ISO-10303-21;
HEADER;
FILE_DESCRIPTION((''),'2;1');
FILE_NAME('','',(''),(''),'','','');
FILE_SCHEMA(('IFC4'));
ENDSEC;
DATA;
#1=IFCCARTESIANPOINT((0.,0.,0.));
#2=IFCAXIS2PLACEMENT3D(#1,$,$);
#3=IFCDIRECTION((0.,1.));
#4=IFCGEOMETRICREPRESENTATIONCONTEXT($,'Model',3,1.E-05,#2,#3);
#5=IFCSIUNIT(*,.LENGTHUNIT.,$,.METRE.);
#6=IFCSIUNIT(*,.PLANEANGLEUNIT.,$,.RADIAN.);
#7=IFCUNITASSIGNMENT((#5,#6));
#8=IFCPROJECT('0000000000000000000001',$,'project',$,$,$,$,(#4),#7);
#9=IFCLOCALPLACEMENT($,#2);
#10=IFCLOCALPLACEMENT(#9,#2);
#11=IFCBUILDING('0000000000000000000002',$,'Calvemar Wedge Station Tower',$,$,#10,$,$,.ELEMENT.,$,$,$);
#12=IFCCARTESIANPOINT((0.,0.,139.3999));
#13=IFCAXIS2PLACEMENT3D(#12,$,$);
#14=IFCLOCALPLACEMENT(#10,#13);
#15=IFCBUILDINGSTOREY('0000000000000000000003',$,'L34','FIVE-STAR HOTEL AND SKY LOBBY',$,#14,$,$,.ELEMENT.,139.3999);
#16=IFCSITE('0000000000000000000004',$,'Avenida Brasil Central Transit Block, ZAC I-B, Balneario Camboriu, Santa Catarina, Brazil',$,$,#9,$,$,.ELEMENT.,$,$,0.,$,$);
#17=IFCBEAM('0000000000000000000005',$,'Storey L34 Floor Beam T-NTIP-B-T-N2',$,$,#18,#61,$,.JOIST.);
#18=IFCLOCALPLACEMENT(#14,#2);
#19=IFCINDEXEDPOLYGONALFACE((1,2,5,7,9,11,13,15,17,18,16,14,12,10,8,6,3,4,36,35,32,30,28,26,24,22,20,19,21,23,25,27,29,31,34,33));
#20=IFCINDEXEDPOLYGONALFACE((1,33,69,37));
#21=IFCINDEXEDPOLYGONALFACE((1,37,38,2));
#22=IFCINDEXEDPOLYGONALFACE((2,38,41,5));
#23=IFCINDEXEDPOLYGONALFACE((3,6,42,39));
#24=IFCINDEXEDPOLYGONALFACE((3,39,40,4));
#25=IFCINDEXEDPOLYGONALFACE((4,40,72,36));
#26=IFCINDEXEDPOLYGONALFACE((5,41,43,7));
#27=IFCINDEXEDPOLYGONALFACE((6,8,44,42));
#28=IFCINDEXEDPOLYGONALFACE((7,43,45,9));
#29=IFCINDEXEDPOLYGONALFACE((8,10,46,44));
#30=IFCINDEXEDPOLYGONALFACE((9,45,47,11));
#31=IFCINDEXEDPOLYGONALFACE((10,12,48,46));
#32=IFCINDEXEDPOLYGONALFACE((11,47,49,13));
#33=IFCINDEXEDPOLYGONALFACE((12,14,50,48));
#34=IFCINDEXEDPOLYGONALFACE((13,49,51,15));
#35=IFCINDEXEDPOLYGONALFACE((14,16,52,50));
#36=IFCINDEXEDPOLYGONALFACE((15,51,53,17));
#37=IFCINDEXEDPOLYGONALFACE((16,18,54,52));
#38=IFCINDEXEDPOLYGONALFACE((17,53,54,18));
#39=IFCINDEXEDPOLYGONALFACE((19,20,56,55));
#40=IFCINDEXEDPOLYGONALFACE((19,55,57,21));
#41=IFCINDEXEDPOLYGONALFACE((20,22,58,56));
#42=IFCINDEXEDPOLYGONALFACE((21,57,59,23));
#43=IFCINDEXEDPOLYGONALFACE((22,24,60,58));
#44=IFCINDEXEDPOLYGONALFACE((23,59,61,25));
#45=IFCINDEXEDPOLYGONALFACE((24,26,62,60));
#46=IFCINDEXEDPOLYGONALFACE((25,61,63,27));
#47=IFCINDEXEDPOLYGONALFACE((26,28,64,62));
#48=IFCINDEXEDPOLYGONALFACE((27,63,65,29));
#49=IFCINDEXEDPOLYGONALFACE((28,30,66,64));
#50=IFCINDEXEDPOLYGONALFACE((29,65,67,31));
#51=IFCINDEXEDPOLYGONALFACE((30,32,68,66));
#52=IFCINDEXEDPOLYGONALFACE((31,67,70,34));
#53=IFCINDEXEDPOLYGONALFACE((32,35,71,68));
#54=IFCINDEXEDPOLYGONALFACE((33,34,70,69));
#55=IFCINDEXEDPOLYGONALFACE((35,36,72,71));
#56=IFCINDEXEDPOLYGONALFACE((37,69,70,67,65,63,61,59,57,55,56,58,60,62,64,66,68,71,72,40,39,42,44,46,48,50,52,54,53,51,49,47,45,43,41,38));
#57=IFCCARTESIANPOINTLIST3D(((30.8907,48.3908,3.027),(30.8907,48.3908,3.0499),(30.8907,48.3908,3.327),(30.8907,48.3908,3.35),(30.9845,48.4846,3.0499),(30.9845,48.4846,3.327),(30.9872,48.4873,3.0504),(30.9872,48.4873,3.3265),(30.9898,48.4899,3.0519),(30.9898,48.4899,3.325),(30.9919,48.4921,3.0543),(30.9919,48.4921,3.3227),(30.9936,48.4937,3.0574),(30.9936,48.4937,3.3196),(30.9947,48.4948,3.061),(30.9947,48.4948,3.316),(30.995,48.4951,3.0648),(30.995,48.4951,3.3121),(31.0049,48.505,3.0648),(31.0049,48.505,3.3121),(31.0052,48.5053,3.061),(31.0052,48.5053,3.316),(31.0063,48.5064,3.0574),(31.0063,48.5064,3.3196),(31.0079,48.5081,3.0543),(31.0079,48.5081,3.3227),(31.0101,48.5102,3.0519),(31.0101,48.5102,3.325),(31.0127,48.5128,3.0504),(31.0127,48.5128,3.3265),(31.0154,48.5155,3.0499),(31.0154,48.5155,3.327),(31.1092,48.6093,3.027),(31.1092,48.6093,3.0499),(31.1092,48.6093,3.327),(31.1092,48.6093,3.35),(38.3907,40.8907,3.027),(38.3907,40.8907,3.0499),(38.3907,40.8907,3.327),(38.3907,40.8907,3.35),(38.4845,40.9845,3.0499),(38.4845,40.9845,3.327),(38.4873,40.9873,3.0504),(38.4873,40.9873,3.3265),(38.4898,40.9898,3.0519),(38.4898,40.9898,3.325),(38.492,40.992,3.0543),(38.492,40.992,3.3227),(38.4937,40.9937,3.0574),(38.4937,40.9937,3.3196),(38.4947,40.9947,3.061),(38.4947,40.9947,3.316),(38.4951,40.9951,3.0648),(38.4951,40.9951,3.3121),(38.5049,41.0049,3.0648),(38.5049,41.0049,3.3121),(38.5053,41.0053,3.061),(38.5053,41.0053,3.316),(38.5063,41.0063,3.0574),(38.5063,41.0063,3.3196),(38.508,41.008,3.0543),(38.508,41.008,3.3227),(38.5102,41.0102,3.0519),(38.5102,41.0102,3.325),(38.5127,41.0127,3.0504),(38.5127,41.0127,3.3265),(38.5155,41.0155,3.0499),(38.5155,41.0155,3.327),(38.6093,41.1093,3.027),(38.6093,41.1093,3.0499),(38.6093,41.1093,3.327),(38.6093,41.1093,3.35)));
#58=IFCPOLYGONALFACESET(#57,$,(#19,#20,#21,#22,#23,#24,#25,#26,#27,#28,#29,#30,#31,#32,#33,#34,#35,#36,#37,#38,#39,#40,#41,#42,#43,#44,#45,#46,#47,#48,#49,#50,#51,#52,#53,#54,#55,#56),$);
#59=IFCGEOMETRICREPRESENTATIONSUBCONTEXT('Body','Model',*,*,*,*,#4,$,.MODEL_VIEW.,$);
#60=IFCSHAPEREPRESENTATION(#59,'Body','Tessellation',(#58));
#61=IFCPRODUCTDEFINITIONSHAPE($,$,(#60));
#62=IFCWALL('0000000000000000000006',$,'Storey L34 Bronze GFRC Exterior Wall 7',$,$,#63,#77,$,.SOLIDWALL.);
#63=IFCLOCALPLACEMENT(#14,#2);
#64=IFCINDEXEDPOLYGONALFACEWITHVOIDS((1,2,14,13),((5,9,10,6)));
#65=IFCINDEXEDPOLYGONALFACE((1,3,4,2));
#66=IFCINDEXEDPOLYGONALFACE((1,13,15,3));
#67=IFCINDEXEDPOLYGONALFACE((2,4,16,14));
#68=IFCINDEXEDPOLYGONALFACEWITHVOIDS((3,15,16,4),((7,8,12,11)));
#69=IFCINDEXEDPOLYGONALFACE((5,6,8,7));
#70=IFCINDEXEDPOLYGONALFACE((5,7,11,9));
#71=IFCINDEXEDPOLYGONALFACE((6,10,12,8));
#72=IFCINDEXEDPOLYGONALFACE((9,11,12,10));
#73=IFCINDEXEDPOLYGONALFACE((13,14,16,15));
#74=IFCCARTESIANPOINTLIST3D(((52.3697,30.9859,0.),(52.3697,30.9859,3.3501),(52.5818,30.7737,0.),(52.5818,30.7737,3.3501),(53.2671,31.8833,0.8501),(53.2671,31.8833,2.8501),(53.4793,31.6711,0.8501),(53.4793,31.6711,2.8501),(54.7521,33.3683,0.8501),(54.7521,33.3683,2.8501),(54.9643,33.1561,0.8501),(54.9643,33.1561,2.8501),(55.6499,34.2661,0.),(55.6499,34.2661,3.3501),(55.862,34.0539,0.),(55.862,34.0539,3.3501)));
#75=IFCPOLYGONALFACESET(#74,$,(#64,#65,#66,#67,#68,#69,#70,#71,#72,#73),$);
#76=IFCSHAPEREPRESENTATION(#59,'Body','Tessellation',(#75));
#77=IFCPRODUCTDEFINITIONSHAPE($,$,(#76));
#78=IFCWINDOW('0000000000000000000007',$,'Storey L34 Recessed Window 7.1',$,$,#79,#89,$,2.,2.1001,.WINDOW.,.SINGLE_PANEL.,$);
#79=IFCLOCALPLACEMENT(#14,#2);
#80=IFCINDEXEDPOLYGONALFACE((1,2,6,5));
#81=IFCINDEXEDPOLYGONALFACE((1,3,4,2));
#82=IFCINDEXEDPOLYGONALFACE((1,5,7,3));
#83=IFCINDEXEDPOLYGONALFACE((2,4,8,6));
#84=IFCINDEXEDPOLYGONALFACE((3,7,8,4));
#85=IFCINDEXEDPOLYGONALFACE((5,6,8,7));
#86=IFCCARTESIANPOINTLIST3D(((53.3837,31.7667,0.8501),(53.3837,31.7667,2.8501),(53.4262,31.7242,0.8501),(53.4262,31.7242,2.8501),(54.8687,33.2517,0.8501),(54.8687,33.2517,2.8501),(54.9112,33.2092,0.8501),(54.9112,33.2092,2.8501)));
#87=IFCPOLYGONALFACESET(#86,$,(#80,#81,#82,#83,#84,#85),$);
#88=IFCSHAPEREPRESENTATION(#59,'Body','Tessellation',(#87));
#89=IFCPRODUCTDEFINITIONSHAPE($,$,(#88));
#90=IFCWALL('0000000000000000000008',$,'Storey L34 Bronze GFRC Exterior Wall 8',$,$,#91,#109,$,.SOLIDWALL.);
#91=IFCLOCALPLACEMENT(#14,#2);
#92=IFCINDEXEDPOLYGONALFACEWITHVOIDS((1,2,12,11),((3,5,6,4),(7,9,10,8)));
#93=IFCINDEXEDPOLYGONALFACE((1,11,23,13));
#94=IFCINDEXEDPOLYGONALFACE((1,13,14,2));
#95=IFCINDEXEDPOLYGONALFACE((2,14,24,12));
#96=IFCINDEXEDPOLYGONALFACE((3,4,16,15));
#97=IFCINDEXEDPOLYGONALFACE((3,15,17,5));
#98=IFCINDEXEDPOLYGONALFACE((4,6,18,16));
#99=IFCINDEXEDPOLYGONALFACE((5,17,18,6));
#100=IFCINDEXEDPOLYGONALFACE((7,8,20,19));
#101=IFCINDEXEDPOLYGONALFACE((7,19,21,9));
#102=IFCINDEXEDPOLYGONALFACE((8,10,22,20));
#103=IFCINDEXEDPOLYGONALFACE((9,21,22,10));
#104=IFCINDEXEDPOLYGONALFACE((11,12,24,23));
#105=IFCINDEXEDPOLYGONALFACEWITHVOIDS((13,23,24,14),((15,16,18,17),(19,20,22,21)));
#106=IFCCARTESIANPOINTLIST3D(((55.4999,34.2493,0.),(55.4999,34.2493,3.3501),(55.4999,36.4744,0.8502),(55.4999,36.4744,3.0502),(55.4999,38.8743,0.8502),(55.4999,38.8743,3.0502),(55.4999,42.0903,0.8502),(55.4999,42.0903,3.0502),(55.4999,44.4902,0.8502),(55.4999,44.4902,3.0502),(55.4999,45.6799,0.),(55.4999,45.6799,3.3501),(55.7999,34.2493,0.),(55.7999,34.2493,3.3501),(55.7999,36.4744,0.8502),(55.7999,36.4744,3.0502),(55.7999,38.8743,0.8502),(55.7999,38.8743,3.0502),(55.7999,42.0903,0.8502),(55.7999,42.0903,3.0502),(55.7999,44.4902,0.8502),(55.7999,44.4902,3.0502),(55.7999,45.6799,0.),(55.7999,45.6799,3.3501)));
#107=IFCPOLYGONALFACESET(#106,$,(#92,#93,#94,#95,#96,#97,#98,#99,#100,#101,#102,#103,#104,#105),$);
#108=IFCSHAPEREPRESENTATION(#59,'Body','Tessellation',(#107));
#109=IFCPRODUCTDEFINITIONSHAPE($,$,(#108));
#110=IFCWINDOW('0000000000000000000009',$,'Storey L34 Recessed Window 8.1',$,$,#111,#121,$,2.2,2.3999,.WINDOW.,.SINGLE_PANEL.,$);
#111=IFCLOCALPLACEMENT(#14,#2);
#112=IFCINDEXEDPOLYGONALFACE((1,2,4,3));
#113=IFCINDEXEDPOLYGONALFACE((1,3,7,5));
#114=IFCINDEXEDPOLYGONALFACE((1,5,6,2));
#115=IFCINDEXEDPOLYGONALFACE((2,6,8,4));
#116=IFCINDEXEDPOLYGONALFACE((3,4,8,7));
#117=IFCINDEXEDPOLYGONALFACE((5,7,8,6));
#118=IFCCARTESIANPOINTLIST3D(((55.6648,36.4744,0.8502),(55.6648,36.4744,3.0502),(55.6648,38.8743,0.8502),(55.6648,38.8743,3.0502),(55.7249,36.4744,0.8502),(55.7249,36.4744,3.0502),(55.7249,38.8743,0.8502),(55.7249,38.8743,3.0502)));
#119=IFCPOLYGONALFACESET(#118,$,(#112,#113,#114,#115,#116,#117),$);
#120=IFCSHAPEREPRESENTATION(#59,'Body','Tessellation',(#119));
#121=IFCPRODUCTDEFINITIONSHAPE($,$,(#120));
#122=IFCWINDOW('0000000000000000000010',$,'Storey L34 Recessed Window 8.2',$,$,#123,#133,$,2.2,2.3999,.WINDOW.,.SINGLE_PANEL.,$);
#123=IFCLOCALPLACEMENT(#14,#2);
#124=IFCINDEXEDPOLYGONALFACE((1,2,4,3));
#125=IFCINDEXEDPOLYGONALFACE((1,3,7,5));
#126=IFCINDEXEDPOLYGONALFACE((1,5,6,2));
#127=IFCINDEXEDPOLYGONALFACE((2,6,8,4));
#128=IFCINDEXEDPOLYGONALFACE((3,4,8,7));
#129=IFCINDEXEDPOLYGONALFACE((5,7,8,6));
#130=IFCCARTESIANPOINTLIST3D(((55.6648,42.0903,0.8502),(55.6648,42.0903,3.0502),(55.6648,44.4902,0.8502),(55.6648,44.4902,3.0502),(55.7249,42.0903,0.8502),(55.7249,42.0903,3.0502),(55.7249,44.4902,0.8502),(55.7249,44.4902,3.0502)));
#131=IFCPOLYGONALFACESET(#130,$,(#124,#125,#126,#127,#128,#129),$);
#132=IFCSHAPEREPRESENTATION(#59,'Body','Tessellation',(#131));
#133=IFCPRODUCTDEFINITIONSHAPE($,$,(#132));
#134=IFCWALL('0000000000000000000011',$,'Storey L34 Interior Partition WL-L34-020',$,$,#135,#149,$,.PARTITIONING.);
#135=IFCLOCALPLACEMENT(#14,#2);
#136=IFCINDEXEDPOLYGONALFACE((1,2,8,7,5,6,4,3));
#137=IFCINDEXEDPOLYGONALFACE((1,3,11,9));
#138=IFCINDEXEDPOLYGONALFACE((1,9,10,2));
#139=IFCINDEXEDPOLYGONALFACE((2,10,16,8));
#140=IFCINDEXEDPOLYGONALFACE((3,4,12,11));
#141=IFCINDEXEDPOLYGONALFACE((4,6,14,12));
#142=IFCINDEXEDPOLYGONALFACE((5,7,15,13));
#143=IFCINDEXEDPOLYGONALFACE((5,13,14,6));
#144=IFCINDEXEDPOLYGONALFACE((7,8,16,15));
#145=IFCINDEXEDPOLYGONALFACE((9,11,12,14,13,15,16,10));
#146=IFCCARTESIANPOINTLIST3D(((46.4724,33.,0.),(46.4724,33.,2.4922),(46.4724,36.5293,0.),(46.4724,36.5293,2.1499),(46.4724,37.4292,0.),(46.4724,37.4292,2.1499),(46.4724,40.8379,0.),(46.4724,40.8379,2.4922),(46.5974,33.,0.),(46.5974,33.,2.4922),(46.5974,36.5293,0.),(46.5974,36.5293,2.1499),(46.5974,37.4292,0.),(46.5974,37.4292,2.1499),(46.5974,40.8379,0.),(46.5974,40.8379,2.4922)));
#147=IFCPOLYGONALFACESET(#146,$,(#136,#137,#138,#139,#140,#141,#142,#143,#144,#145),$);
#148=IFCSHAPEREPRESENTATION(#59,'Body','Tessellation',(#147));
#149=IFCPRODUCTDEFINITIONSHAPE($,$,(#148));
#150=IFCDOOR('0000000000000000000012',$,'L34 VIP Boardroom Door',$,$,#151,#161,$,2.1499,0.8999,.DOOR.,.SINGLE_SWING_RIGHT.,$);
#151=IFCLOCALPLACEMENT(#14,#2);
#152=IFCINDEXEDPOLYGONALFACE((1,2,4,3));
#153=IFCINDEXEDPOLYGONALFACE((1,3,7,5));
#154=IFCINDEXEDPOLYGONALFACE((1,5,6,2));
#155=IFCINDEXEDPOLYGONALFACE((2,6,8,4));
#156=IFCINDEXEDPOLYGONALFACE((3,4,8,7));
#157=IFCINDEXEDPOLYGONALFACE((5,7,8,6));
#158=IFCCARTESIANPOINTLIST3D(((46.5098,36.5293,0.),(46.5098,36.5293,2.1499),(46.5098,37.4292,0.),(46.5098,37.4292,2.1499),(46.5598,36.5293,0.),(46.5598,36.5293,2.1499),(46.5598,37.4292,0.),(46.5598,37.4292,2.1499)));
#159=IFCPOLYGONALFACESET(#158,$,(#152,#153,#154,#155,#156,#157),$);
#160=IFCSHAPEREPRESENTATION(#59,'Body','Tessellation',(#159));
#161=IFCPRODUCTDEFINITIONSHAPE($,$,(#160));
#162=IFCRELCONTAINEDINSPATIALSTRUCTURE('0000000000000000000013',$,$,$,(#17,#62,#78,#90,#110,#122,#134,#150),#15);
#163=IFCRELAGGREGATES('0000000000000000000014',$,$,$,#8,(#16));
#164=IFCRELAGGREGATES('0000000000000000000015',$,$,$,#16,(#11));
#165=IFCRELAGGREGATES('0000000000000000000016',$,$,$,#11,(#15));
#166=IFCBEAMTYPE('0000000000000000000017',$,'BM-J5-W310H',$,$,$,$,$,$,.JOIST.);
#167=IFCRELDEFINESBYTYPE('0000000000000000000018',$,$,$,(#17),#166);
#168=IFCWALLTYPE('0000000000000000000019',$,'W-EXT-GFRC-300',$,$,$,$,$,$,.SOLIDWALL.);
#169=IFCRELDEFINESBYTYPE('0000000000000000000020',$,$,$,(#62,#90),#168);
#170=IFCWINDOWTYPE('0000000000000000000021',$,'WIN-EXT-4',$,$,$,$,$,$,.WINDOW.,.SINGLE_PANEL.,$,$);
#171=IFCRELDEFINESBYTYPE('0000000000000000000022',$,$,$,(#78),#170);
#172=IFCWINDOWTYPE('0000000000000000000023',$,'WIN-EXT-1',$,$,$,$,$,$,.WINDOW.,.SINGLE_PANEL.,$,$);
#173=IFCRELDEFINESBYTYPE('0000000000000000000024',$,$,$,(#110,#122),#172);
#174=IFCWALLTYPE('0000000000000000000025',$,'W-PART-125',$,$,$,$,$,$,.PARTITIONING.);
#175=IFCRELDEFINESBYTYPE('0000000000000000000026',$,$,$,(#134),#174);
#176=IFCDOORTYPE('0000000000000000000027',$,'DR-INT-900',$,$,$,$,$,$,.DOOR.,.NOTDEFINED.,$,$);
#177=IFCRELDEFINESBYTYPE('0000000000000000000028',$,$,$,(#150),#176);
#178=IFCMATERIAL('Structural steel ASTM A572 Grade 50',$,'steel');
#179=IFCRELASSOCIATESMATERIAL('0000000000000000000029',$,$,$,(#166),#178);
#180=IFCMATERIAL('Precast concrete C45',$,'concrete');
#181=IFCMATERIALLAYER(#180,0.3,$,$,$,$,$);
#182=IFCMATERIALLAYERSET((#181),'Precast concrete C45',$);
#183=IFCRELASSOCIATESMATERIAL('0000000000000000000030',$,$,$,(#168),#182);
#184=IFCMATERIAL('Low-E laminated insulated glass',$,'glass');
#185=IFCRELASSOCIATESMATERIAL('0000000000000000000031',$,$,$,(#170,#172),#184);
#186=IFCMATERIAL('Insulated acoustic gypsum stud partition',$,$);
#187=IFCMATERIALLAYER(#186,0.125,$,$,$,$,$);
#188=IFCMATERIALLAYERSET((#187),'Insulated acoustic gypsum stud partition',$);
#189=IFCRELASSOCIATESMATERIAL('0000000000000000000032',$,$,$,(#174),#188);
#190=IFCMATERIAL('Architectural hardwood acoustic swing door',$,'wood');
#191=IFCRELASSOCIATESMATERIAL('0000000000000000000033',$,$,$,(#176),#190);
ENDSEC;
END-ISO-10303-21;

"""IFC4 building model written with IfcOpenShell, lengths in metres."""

from ifc_helpers import new_model, si_unit, direction, frame, frame_2d, origin, origin_2d, place, context, subcontext, project, spatial, rectangle, i_section, extrude, source, transform, mapped, material, layer, layer_set, material_profile, profile_set, type_object, element, fill, save


model = new_model("IFC4")

# Units and contexts
model_context = context("Model", 3, precision=1e-05, world=origin(), true_north=direction((0.0, 1.0)))
body_context = subcontext(model_context, "Body", "Model", "MODEL_VIEW")
ifc_project = project(units=[si_unit("LENGTHUNIT", "METRE"), si_unit("PLANEANGLEUNIT", "RADIAN")], contexts=[model_context])

# Site, building, storey
site_placement = place(None, origin())
site = spatial("IfcSite", under=ifc_project, at=site_placement, Name="Avenida Brasil Central Transit Block, ZAC I-B, Balneario Camboriu, Santa Catarina, Brazil", CompositionType="ELEMENT", RefElevation=0.0)
building_placement = place(site_placement, origin())
building = spatial("IfcBuilding", under=site, at=building_placement, Name="Calvemar Wedge Station Tower", CompositionType="ELEMENT")
storey_placement = place(building_placement, frame((0.0, 0.0, 139.3999)))
storey = spatial("IfcBuildingStorey", under=building, at=storey_placement, Name="L34", Description="FIVE-STAR HOTEL AND SKY LOBBY", CompositionType="ELEMENT", Elevation=139.3999)

# Shared definitions
ifc_material_1 = material(Name="Structural steel ASTM A572 Grade 50", Category="steel")

# Beam
ifc_material_profile_1 = material_profile(ifc_material_1, i_section(OverallWidth=0.3091, OverallDepth=0.323, WebThickness=0.0139, FlangeThickness=0.0229, FilletRadius=0.0149, at=origin_2d()), Name="W310x143")
ifc_profile_set_1 = profile_set([ifc_material_profile_1], Name="Structural steel ASTM A572 Grade 50")
beam_type_1 = type_object("IfcBeamType", Name="BM-J5-W310H", PredefinedType="JOIST", material=ifc_profile_set_1)
shared_shape_1 = source(origin(), body_context, "Body", "SweptSolid", [
    extrude(i_section(OverallWidth=0.3091, OverallDepth=0.323, WebThickness=0.0139, FlangeThickness=0.0229, FilletRadius=0.0149, at=origin_2d()), origin(), (0.0, 0.0, 1.0), 10.6067),
])
beam_1_placement = place(storey_placement, frame((38.5, 41.0, 3.1885), z_axis=(-0.707107, 0.707107, 0.0), x_axis=(-0.707107, -0.707107, 0.0)))
element("IfcBeam", 1, at=beam_1_placement, inside=storey, type_object=beam_type_1, Name="Storey L34 Floor Beam T-NTIP-B-T-N2", PredefinedType="JOIST", context=body_context, shape_type="MappedRepresentation", body=[
    mapped(shared_shape_1, transform((0.0, 0.0, 0.0), scale=1.0)),
])

# Wall, opening, window
ifc_material_2 = material(Name="Precast concrete C45", Category="concrete")
ifc_layer_1 = layer(ifc_material_2, 0.3)
ifc_layer_set_1 = layer_set([ifc_layer_1], Name="Precast concrete C45")
wall_type_1 = type_object("IfcWallType", Name="W-EXT-GFRC-300", PredefinedType="SOLIDWALL", material=ifc_layer_set_1)
wall_1_placement = place(storey_placement, frame((52.4758, 30.8799, 0.0), z_axis=(0.0, 0.0, 1.0), x_axis=(0.707107, 0.707107, 0.0)))
wall_1 = element("IfcWall", 2, at=wall_1_placement, inside=storey, type_object=wall_type_1, Name="Storey L34 Bronze GFRC Exterior Wall 7", PredefinedType="SOLIDWALL", context=body_context, shape_type="SweptSolid", body=[
    extrude(rectangle(XDim=4.6389, YDim=0.3, at=frame_2d((2.3193, 0.0))), origin(), (0.0, 0.0, 1.0), 3.3501),
])
shared_shape_2 = source(origin(), body_context, "Body", "SweptSolid", [
    extrude(rectangle(XDim=2.1001, YDim=2.0, at=frame_2d((1.05, 1.0))), frame((0.0, 0.1602, 0.0), z_axis=(0.0, -1.0, 0.0), x_axis=(1.0, 0.0, 0.0)), (0.0, 0.0, 1.0), 0.3201),
])
opening_1_placement = place(wall_1_placement, frame((1.269, 0.0, 0.8501)))
opening_1 = element("IfcOpeningElement", 3, at=opening_1_placement, cuts=wall_1, PredefinedType="OPENING", context=body_context, shape_type="MappedRepresentation", body=[
    mapped(shared_shape_2, transform((0.0, 0.0, 0.0), scale=1.0)),
])
ifc_material_3 = material(Name="Low-E laminated insulated glass", Category="glass")
window_type_1 = type_object("IfcWindowType", Name="WIN-EXT-4", PartitioningType="SINGLE_PANEL", PredefinedType="WINDOW", material=ifc_material_3)
shared_shape_3 = source(origin(), body_context, "Body", "SweptSolid", [
    extrude(rectangle(XDim=2.1001, YDim=2.0, at=frame_2d((1.05, 1.0))), frame((0.0, -0.0149, 0.0), z_axis=(0.0, -1.0, 0.0), x_axis=(1.0, 0.0, 0.0)), (0.0, 0.0, 1.0), 0.0601),
])
window_1_placement = place(opening_1_placement, origin())
window_1 = element("IfcWindow", 4, at=window_1_placement, inside=storey, type_object=window_type_1, Name="Storey L34 Recessed Window 7.1", OverallHeight=2.0, OverallWidth=2.1001, PartitioningType="SINGLE_PANEL", PredefinedType="WINDOW", context=body_context, shape_type="MappedRepresentation", body=[
    mapped(shared_shape_3, transform((0.0, 0.0, 0.0), scale=1.0)),
])
fill(opening_1, window_1)

# Wall, openings, windows
wall_2_placement = place(storey_placement, frame((55.6499, 34.2493, 0.0), z_axis=(0.0, 0.0, 1.0), x_axis=(0.0, 1.0, 0.0)))
wall_2 = element("IfcWall", 5, at=wall_2_placement, inside=storey, type_object=wall_type_1, Name="Storey L34 Bronze GFRC Exterior Wall 8", PredefinedType="SOLIDWALL", context=body_context, shape_type="SweptSolid", body=[
    extrude(rectangle(XDim=11.4307, YDim=0.3, at=frame_2d((5.7153, 0.0))), origin(), (0.0, 0.0, 1.0), 3.3501),
])
shared_shape_4 = source(origin(), body_context, "Body", "SweptSolid", [
    extrude(rectangle(XDim=2.3999, YDim=2.2, at=frame_2d((1.2, 1.1001))), frame((0.0, 0.1602, 0.0), z_axis=(0.0, -1.0, 0.0), x_axis=(1.0, 0.0, 0.0)), (0.0, 0.0, 1.0), 0.3201),
])
opening_2_placement = place(wall_2_placement, frame((2.2251, 0.0, 0.8501)))
opening_2 = element("IfcOpeningElement", 6, at=opening_2_placement, cuts=wall_2, PredefinedType="OPENING", context=body_context, shape_type="MappedRepresentation", body=[
    mapped(shared_shape_4, transform((0.0, 0.0, 0.0), scale=1.0)),
])
opening_3_placement = place(wall_2_placement, frame((7.8411, 0.0, 0.8501)))
opening_3 = element("IfcOpeningElement", 7, at=opening_3_placement, cuts=wall_2, PredefinedType="OPENING", context=body_context, shape_type="MappedRepresentation", body=[
    mapped(shared_shape_4, transform((0.0, 0.0, 0.0), scale=1.0)),
])
window_type_2 = type_object("IfcWindowType", Name="WIN-EXT-1", PartitioningType="SINGLE_PANEL", PredefinedType="WINDOW", material=ifc_material_3)
shared_shape_5 = source(origin(), body_context, "Body", "SweptSolid", [
    extrude(rectangle(XDim=2.3999, YDim=2.2, at=frame_2d((1.2, 1.1001))), frame((0.0, -0.0149, 0.0), z_axis=(0.0, -1.0, 0.0), x_axis=(1.0, 0.0, 0.0)), (0.0, 0.0, 1.0), 0.0601),
])
window_2_placement = place(opening_2_placement, origin())
window_2 = element("IfcWindow", 8, at=window_2_placement, inside=storey, type_object=window_type_2, Name="Storey L34 Recessed Window 8.1", OverallHeight=2.2, OverallWidth=2.3999, PartitioningType="SINGLE_PANEL", PredefinedType="WINDOW", context=body_context, shape_type="MappedRepresentation", body=[
    mapped(shared_shape_5, transform((0.0, 0.0, 0.0), scale=1.0)),
])
fill(opening_2, window_2)
window_3_placement = place(opening_3_placement, origin())
window_3 = element("IfcWindow", 9, at=window_3_placement, inside=storey, type_object=window_type_2, Name="Storey L34 Recessed Window 8.2", OverallHeight=2.2, OverallWidth=2.3999, PartitioningType="SINGLE_PANEL", PredefinedType="WINDOW", context=body_context, shape_type="MappedRepresentation", body=[
    mapped(shared_shape_5, transform((0.0, 0.0, 0.0), scale=1.0)),
])
fill(opening_3, window_3)

# Wall, opening, door
ifc_material_4 = material(Name="Insulated acoustic gypsum stud partition")
ifc_layer_2 = layer(ifc_material_4, 0.125)
ifc_layer_set_2 = layer_set([ifc_layer_2], Name="Insulated acoustic gypsum stud partition")
wall_type_2 = type_object("IfcWallType", Name="W-PART-125", PredefinedType="PARTITIONING", material=ifc_layer_set_2)
wall_3_placement = place(storey_placement, frame((46.5349, 40.8379, 0.0), z_axis=(0.0, 0.0, 1.0), x_axis=(0.0, -1.0, 0.0)))
wall_3 = element("IfcWall", 10, at=wall_3_placement, inside=storey, type_object=wall_type_2, Name="Storey L34 Interior Partition WL-L34-020", PredefinedType="PARTITIONING", context=body_context, shape_type="SweptSolid", body=[
    extrude(rectangle(XDim=7.8379, YDim=0.125, at=frame_2d((3.9189, 0.0))), origin(), (0.0, 0.0, 1.0), 2.4922),
])
shared_shape_6 = source(origin(), body_context, "Body", "SweptSolid", [
    extrude(rectangle(XDim=0.8999, YDim=2.1499, at=frame_2d((0.45, 1.075))), frame((0.0, 0.0725, 0.0), z_axis=(0.0, -1.0, 0.0), x_axis=(1.0, 0.0, 0.0)), (0.0, 0.0, 1.0), 0.145),
])
opening_4_placement = place(wall_3_placement, frame((3.4087, 0.0, 0.0)))
opening_4 = element("IfcOpeningElement", 11, at=opening_4_placement, cuts=wall_3, PredefinedType="OPENING", context=body_context, shape_type="MappedRepresentation", body=[
    mapped(shared_shape_6, transform((0.0, 0.0, 0.0), scale=1.0)),
])
ifc_material_5 = material(Name="Architectural hardwood acoustic swing door", Category="wood")
door_type = type_object("IfcDoorType", Name="DR-INT-900", OperationType="NOTDEFINED", PredefinedType="DOOR", material=ifc_material_5)
shared_shape_7 = source(origin(), body_context, "Body", "SweptSolid", [
    extrude(rectangle(XDim=0.8999, YDim=2.1499, at=frame_2d((0.45, 1.075))), frame((0.0, 0.0249, 0.0), z_axis=(0.0, -1.0, 0.0), x_axis=(1.0, 0.0, 0.0)), (0.0, 0.0, 1.0), 0.05),
])
door_placement = place(opening_4_placement, origin())
door = element("IfcDoor", 12, at=door_placement, inside=storey, type_object=door_type, Name="L34 VIP Boardroom Door", OperationType="SINGLE_SWING_RIGHT", OverallHeight=2.1499, OverallWidth=0.8999, PredefinedType="DOOR", context=body_context, shape_type="MappedRepresentation", body=[
    mapped(shared_shape_7, transform((0.0, 0.0, 0.0), scale=1.0)),
])
fill(opening_4, door)

save(model, "model.ifc")
